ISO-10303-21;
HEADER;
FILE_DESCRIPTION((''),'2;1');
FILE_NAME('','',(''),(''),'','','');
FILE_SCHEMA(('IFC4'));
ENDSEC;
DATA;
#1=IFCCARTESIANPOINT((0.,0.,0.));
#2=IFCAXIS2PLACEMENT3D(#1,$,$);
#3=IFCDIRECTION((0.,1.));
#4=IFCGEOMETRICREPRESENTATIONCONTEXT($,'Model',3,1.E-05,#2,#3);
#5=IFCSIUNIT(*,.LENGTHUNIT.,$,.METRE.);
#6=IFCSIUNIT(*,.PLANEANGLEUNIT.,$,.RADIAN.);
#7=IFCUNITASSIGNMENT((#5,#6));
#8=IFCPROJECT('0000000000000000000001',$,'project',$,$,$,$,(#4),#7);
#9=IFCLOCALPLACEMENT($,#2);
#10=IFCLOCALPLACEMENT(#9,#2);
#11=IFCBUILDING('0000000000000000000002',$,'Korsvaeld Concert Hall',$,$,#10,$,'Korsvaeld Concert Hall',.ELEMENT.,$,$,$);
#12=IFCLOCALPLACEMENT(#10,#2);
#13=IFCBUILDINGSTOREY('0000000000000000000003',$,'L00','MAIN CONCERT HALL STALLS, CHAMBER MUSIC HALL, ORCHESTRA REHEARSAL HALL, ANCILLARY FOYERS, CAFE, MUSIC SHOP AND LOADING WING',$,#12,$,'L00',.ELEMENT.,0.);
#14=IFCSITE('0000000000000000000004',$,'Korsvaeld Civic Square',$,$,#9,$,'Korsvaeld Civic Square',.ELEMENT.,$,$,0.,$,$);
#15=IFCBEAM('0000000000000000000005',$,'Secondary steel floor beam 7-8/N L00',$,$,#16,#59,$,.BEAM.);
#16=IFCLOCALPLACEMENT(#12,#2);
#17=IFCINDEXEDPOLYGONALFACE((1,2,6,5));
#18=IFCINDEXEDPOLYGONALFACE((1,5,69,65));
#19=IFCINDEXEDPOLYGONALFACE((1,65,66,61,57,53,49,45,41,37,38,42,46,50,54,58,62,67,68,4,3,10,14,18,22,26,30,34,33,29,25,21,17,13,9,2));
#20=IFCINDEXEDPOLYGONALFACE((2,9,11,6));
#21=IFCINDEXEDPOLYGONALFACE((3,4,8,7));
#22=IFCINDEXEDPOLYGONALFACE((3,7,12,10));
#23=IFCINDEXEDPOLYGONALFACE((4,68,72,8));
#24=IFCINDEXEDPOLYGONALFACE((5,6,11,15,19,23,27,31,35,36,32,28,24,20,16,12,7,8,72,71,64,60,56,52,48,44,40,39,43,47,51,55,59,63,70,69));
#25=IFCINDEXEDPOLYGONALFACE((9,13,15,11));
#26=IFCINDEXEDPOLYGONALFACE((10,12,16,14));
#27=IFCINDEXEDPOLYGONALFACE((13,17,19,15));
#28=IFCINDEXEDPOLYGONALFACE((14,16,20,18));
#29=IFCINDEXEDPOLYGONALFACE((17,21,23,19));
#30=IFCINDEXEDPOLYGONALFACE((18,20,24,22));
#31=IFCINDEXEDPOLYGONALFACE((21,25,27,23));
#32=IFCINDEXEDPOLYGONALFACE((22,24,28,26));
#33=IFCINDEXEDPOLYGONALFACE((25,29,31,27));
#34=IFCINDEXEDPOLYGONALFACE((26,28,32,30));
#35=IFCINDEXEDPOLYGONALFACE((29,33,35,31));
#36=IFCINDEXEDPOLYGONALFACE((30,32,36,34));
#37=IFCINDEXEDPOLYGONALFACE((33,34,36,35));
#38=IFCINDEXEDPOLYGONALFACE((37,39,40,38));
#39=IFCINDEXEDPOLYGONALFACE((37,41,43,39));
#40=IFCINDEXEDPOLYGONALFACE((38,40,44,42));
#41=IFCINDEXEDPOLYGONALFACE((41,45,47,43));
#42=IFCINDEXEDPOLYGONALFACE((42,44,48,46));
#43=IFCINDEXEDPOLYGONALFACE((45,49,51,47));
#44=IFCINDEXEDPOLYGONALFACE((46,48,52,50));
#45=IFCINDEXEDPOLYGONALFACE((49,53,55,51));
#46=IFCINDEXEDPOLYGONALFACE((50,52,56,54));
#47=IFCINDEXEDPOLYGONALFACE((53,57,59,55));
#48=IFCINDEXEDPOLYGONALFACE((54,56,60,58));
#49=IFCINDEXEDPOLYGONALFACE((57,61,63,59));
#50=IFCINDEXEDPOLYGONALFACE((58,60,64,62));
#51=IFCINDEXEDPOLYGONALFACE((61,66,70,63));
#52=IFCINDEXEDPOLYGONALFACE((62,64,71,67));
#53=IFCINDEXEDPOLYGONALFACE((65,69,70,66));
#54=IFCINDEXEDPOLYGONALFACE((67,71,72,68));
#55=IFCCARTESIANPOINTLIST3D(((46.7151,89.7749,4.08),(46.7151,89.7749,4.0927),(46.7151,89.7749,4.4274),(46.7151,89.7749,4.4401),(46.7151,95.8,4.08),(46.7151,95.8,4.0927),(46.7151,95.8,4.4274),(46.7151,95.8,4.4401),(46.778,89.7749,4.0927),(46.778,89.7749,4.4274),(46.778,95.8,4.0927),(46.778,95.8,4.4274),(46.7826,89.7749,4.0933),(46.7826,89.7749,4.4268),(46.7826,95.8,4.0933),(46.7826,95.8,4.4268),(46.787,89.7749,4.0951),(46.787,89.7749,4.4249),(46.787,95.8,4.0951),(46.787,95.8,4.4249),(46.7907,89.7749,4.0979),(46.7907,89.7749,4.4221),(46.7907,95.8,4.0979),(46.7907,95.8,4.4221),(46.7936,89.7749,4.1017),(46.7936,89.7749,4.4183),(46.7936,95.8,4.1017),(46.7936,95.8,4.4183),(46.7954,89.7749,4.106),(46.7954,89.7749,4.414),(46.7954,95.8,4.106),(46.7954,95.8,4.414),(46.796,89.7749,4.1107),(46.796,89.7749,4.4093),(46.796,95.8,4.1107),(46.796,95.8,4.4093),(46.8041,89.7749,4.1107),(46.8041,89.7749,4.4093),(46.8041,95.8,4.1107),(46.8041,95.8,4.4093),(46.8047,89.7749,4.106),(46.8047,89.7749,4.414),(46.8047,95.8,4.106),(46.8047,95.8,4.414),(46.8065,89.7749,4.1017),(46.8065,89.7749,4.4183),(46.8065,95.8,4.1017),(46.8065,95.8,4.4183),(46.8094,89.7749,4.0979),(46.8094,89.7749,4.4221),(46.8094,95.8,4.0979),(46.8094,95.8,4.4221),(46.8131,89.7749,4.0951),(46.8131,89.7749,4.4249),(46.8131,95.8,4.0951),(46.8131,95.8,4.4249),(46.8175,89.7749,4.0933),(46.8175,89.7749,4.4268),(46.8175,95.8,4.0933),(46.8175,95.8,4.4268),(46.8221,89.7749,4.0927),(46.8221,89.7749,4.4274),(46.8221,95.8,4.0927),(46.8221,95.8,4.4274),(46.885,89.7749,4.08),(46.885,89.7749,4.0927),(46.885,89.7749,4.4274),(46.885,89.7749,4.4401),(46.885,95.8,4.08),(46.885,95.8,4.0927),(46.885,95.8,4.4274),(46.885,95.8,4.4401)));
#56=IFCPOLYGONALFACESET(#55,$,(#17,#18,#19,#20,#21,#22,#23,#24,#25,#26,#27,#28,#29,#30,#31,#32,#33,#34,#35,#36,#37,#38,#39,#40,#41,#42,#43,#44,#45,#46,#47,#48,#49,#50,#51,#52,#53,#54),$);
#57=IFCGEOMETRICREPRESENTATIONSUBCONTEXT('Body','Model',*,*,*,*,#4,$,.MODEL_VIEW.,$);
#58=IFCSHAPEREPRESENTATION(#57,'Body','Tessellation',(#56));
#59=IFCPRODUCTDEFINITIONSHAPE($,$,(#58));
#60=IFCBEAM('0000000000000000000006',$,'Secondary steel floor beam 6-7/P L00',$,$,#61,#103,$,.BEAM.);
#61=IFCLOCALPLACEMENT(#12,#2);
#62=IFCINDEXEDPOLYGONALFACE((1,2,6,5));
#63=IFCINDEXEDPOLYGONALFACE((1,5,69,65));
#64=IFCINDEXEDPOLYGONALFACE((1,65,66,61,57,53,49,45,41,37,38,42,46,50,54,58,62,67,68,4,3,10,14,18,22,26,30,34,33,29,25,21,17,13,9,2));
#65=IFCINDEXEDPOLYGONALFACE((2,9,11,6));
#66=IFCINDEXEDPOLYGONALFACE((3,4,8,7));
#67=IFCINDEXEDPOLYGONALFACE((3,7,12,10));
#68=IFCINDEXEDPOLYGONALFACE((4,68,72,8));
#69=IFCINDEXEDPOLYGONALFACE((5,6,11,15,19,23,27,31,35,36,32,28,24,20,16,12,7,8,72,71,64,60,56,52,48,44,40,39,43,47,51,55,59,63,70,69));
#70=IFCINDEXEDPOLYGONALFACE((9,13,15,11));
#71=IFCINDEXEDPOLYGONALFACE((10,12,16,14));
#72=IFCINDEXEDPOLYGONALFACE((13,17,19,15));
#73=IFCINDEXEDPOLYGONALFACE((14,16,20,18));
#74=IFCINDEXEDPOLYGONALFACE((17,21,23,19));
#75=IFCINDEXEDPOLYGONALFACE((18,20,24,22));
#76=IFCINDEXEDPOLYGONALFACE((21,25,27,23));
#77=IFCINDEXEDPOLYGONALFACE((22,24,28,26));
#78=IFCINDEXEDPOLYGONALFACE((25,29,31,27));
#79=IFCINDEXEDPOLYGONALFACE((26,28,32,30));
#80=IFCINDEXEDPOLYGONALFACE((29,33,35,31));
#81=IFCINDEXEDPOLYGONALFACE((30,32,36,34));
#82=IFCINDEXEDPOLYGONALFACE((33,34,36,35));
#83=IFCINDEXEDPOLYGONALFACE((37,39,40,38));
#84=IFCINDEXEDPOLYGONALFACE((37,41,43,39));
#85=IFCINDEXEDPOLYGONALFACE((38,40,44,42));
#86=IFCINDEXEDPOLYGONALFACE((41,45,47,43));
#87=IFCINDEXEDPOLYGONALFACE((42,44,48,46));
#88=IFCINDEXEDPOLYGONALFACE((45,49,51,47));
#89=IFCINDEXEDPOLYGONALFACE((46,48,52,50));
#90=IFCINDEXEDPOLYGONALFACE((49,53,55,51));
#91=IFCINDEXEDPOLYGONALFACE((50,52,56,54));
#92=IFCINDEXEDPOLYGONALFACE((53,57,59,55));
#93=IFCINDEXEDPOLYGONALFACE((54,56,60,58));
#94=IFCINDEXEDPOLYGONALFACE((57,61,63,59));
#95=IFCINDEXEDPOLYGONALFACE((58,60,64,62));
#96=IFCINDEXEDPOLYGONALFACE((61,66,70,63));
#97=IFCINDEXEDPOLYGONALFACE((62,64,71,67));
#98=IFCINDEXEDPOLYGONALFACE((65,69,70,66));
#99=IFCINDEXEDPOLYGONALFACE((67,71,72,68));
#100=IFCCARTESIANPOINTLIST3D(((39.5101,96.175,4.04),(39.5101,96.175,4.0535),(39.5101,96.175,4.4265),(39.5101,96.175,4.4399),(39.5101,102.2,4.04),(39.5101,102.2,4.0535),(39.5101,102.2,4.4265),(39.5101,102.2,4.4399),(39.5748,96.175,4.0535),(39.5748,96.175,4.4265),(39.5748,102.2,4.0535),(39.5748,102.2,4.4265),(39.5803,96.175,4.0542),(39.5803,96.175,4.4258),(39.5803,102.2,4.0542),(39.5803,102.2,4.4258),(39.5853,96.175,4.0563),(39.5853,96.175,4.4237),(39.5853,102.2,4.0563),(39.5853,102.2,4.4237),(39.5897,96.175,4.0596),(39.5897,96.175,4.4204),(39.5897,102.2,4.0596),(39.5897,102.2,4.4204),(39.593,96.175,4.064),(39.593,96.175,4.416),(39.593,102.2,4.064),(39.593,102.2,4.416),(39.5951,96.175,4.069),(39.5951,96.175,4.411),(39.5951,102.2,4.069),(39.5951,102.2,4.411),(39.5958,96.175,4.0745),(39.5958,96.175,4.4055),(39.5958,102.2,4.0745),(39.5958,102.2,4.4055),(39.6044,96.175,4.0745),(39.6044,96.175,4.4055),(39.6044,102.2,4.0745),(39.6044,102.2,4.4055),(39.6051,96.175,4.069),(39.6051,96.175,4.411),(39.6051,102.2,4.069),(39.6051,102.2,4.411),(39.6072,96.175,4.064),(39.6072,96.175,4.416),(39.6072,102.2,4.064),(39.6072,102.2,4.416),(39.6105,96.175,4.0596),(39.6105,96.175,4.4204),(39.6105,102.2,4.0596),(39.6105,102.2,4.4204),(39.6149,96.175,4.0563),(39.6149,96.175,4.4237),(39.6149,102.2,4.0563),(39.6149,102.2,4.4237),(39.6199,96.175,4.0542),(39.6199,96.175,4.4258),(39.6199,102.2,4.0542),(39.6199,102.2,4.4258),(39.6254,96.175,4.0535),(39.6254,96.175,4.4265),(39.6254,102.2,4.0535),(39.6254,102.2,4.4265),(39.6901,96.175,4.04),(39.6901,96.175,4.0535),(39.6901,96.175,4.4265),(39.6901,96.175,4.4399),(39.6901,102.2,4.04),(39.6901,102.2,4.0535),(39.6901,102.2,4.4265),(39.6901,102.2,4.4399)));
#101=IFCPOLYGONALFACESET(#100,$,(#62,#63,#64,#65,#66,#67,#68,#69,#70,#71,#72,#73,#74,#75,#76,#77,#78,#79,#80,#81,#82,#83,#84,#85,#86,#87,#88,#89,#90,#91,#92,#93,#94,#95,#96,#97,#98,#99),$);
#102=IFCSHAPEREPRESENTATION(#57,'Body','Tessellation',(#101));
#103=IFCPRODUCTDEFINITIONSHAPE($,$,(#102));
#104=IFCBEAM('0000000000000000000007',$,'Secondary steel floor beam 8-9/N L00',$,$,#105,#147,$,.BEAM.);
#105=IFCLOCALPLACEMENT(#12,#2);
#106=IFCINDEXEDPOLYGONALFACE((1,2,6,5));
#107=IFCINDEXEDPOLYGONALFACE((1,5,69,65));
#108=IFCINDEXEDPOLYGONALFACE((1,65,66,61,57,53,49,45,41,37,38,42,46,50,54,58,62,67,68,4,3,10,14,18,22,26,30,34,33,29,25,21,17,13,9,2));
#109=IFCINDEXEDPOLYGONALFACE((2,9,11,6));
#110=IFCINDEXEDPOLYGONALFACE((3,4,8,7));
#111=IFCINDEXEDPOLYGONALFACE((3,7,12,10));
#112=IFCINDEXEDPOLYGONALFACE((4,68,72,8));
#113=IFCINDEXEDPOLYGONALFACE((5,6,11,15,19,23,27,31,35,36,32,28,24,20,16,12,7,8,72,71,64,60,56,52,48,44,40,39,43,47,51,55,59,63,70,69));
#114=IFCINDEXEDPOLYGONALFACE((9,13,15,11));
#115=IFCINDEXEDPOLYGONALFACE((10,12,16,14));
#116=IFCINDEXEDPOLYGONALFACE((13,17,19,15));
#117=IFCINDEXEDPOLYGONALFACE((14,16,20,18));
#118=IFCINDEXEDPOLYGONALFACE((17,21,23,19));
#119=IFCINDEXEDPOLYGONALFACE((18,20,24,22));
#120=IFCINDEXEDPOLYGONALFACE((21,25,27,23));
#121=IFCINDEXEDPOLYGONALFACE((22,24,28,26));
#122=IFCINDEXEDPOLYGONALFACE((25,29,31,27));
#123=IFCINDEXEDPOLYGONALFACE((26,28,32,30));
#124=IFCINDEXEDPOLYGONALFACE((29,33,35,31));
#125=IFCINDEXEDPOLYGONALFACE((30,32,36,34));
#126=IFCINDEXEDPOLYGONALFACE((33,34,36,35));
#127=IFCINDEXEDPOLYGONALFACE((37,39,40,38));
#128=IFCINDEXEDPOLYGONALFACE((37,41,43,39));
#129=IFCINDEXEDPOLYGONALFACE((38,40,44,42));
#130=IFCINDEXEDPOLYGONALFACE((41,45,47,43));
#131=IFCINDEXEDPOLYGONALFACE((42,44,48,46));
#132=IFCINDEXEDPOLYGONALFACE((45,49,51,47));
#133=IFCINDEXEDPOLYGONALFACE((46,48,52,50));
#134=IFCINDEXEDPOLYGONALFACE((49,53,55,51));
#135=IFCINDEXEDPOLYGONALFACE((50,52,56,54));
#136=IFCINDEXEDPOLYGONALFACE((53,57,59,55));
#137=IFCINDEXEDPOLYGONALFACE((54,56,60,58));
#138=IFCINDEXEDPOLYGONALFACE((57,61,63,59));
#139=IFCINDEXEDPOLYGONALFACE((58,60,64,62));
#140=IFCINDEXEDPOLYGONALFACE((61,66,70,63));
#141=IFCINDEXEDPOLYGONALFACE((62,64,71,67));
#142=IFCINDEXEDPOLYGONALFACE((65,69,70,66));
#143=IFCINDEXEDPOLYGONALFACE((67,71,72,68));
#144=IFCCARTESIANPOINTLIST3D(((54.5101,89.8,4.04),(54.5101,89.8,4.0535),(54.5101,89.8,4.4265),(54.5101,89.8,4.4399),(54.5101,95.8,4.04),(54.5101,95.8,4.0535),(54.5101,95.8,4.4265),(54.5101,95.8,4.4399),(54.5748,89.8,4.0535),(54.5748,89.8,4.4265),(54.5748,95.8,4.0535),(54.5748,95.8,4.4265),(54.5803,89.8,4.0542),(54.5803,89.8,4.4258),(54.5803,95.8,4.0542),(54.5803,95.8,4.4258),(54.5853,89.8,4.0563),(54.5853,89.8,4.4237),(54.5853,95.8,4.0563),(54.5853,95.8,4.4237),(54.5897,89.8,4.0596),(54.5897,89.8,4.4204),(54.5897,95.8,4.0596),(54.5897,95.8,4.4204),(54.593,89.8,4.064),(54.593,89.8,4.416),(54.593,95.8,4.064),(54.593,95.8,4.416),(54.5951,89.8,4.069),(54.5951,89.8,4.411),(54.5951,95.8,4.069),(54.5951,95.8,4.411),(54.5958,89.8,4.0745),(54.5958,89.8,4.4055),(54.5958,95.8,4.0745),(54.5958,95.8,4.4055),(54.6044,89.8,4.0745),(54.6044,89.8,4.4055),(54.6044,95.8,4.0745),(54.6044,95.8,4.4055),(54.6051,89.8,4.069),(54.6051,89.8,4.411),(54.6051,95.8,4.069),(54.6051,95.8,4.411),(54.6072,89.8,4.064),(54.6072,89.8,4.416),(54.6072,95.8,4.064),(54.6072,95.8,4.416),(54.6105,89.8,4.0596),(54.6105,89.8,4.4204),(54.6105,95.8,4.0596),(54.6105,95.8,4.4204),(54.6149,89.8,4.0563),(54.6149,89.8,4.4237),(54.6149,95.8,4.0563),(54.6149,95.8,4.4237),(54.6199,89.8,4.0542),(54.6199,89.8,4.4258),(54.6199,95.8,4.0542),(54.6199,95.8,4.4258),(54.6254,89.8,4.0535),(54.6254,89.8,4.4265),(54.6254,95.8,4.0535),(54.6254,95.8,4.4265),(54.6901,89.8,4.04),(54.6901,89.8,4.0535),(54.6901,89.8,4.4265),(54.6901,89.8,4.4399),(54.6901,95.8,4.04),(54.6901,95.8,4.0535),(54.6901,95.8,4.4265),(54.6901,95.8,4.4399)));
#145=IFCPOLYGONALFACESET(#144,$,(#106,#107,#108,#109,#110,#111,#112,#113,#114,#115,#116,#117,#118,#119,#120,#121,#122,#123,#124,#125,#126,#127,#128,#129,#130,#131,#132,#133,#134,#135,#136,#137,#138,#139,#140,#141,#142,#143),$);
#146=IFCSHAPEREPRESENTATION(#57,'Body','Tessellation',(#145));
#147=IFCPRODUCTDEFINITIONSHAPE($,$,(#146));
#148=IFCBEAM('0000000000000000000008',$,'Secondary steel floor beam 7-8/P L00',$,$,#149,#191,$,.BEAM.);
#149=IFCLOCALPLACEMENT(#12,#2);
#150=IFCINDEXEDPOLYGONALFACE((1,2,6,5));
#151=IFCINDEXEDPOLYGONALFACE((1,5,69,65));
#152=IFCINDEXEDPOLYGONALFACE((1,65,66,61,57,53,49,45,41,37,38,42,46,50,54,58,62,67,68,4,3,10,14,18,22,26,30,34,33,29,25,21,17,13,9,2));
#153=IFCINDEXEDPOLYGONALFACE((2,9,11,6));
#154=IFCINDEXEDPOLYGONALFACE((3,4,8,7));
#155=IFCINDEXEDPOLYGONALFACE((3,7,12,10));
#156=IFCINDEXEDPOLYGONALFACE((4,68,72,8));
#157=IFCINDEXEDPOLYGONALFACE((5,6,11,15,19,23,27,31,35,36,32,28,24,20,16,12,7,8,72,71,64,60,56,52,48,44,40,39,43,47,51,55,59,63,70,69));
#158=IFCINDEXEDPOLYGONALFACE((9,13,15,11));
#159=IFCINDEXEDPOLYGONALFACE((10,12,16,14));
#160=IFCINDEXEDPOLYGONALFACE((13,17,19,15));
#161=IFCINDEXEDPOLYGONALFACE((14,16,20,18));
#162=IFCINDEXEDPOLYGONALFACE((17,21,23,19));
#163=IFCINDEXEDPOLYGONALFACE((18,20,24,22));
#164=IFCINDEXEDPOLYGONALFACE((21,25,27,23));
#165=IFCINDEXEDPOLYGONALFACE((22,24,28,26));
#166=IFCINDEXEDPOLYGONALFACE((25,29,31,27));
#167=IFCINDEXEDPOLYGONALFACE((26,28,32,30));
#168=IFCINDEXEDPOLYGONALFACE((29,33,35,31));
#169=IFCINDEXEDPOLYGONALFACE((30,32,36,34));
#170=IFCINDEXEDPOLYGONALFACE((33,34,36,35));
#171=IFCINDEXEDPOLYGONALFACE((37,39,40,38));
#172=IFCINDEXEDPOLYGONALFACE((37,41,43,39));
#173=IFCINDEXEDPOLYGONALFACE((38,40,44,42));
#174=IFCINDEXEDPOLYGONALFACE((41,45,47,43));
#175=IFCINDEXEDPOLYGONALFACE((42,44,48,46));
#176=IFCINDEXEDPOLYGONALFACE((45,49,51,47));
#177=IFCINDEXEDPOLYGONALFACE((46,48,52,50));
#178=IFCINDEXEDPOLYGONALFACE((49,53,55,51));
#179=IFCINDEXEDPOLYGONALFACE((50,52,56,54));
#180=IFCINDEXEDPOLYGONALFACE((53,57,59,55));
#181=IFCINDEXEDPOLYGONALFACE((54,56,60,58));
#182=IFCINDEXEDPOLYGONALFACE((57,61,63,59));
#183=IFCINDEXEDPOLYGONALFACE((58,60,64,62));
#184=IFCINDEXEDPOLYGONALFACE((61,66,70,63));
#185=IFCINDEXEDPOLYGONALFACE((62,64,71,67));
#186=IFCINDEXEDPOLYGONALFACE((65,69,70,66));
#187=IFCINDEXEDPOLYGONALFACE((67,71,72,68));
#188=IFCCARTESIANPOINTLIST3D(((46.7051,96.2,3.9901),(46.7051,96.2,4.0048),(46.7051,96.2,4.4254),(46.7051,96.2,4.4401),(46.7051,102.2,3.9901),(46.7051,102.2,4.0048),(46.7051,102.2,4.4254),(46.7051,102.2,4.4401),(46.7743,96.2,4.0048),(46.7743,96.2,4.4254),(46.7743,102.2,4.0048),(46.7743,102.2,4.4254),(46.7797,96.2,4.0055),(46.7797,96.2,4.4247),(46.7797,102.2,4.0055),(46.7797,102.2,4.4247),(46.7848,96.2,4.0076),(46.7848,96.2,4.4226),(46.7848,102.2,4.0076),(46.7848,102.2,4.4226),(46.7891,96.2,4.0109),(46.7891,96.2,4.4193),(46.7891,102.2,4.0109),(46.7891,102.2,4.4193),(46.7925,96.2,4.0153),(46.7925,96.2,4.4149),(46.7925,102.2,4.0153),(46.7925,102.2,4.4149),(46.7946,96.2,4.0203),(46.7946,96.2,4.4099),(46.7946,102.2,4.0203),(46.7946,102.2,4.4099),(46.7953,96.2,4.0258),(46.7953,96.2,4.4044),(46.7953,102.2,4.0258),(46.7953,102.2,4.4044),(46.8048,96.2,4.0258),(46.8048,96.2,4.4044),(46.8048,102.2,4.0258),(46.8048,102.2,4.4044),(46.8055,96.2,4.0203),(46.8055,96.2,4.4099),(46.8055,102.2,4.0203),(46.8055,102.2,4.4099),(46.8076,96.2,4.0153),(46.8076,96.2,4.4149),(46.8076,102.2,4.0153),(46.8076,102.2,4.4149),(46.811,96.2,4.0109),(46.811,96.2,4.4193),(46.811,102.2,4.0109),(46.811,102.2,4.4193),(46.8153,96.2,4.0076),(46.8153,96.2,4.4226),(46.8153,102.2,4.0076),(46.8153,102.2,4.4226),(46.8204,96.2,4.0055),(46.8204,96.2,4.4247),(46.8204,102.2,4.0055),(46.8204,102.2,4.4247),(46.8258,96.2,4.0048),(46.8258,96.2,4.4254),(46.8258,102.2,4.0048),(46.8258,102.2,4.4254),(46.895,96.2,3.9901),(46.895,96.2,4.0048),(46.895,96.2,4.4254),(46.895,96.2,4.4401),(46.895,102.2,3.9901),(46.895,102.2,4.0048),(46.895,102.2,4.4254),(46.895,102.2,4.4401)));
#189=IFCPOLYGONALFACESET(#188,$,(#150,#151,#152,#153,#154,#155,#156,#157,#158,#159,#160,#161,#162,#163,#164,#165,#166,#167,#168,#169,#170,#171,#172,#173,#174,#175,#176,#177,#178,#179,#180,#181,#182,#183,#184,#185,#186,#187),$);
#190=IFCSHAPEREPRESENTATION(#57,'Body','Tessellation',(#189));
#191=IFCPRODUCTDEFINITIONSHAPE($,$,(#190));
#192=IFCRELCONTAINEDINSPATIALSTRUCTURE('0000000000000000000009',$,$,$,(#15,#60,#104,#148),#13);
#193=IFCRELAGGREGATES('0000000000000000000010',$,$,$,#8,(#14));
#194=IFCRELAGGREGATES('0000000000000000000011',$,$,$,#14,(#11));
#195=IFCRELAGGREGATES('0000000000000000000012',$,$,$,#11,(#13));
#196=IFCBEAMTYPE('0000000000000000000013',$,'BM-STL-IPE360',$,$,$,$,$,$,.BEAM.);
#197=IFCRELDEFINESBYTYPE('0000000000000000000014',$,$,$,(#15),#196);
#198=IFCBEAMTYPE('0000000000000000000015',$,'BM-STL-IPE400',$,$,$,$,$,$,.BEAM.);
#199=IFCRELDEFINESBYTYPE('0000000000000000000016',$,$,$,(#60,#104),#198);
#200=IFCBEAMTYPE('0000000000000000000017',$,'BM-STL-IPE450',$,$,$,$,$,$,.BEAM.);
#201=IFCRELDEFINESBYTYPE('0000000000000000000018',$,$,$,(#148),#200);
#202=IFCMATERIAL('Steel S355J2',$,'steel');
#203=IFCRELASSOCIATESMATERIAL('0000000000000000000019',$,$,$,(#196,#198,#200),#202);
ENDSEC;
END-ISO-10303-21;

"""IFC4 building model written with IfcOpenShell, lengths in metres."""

from ifc_helpers import new_model, si_unit, direction, frame, origin, origin_2d, place, context, subcontext, project, spatial, i_section, extrude, material, material_profile, profile_set, type_object, element, save


model = new_model("IFC4")

# Units and contexts
model_context = context("Model", 3, precision=1e-05, world=origin(), true_north=direction((0.0, 1.0)))
body_context = subcontext(model_context, "Body", "Model", "MODEL_VIEW")
ifc_project = project(units=[si_unit("LENGTHUNIT", "METRE"), si_unit("PLANEANGLEUNIT", "RADIAN")], contexts=[model_context])

# Site, building, storey
site_placement = place(None, origin())
site = spatial("IfcSite", under=ifc_project, at=site_placement, Name="Korsvaeld Civic Square", LongName="Korsvaeld Civic Square", CompositionType="ELEMENT", RefElevation=0.0)
building_placement = place(site_placement, origin())
building = spatial("IfcBuilding", under=site, at=building_placement, Name="Korsvaeld Concert Hall", LongName="Korsvaeld Concert Hall", CompositionType="ELEMENT")
storey_placement = place(building_placement, origin())
storey = spatial("IfcBuildingStorey", under=building, at=storey_placement, Name="L00", Description="MAIN CONCERT HALL STALLS, CHAMBER MUSIC HALL, ORCHESTRA REHEARSAL HALL, ANCILLARY FOYERS, CAFE, MUSIC SHOP AND LOADING WING", LongName="L00", CompositionType="ELEMENT", Elevation=0.0)

# Beams
ifc_material_1 = material(Name="Steel S355J2", Category="steel")
ifc_material_profile_1 = material_profile(ifc_material_1, i_section(OverallWidth=0.1699, OverallDepth=0.3601, WebThickness=0.0081, FlangeThickness=0.0127, FilletRadius=0.0181, at=origin_2d()), Name="IPE 360")
ifc_profile_set_1 = profile_set([ifc_material_profile_1], Name="Steel S355J2")
beam_type_1 = type_object("IfcBeamType", Name="BM-STL-IPE360", PredefinedType="BEAM", material=ifc_profile_set_1)
beam_1_placement = place(storey_placement, frame((46.8, 89.7749, 4.26), z_axis=(0.0, 1.0, 0.0), x_axis=(-1.0, 0.0, 0.0)))
element("IfcBeam", 1, at=beam_1_placement, inside=storey, type_object=beam_type_1, Name="Secondary steel floor beam 7-8/N L00", PredefinedType="BEAM", context=body_context, shape_type="SweptSolid", body=[
    extrude(i_section(OverallWidth=0.1699, OverallDepth=0.3601, WebThickness=0.0081, FlangeThickness=0.0127, FilletRadius=0.0181, at=origin_2d()), origin(), (0.0, 0.0, 1.0), 6.0251),
])
ifc_material_profile_2 = material_profile(ifc_material_1, i_section(OverallWidth=0.1799, OverallDepth=0.3999, WebThickness=0.0085, FlangeThickness=0.0134, FilletRadius=0.021, at=origin_2d()), Name="IPE 400")
ifc_profile_set_2 = profile_set([ifc_material_profile_2], Name="Steel S355J2")
beam_type_2 = type_object("IfcBeamType", Name="BM-STL-IPE400", PredefinedType="BEAM", material=ifc_profile_set_2)
beam_2_placement = place(storey_placement, frame((39.6001, 96.175, 4.24), z_axis=(0.0, 1.0, 0.0), x_axis=(-1.0, 0.0, 0.0)))
element("IfcBeam", 2, at=beam_2_placement, inside=storey, type_object=beam_type_2, Name="Secondary steel floor beam 6-7/P L00", PredefinedType="BEAM", context=body_context, shape_type="SweptSolid", body=[
    extrude(i_section(OverallWidth=0.1799, OverallDepth=0.3999, WebThickness=0.0085, FlangeThickness=0.0134, FilletRadius=0.021, at=origin_2d()), origin(), (0.0, 0.0, 1.0), 6.0249),
])
beam_3_placement = place(storey_placement, frame((54.6001, 89.8, 4.24), z_axis=(0.0, 1.0, 0.0), x_axis=(-1.0, 0.0, 0.0)))
element("IfcBeam", 3, at=beam_3_placement, inside=storey, type_object=beam_type_2, Name="Secondary steel floor beam 8-9/N L00", PredefinedType="BEAM", context=body_context, shape_type="SweptSolid", body=[
    extrude(i_section(OverallWidth=0.1799, OverallDepth=0.3999, WebThickness=0.0085, FlangeThickness=0.0134, FilletRadius=0.021, at=origin_2d()), origin(), (0.0, 0.0, 1.0), 6.0),
])
ifc_material_profile_3 = material_profile(ifc_material_1, i_section(OverallWidth=0.1899, OverallDepth=0.45, WebThickness=0.0095, FlangeThickness=0.0146, FilletRadius=0.021, at=origin_2d()), Name="IPE 450")
ifc_profile_set_3 = profile_set([ifc_material_profile_3], Name="Steel S355J2")
beam_type_3 = type_object("IfcBeamType", Name="BM-STL-IPE450", PredefinedType="BEAM", material=ifc_profile_set_3)
beam_4_placement = place(storey_placement, frame((46.8, 96.2, 4.2151), z_axis=(0.0, 1.0, 0.0), x_axis=(-1.0, 0.0, 0.0)))
element("IfcBeam", 4, at=beam_4_placement, inside=storey, type_object=beam_type_3, Name="Secondary steel floor beam 7-8/P L00", PredefinedType="BEAM", context=body_context, shape_type="SweptSolid", body=[
    extrude(i_section(OverallWidth=0.1899, OverallDepth=0.45, WebThickness=0.0095, FlangeThickness=0.0146, FilletRadius=0.021, at=origin_2d()), origin(), (0.0, 0.0, 1.0), 6.0),
])

save(model, "model.ifc")
